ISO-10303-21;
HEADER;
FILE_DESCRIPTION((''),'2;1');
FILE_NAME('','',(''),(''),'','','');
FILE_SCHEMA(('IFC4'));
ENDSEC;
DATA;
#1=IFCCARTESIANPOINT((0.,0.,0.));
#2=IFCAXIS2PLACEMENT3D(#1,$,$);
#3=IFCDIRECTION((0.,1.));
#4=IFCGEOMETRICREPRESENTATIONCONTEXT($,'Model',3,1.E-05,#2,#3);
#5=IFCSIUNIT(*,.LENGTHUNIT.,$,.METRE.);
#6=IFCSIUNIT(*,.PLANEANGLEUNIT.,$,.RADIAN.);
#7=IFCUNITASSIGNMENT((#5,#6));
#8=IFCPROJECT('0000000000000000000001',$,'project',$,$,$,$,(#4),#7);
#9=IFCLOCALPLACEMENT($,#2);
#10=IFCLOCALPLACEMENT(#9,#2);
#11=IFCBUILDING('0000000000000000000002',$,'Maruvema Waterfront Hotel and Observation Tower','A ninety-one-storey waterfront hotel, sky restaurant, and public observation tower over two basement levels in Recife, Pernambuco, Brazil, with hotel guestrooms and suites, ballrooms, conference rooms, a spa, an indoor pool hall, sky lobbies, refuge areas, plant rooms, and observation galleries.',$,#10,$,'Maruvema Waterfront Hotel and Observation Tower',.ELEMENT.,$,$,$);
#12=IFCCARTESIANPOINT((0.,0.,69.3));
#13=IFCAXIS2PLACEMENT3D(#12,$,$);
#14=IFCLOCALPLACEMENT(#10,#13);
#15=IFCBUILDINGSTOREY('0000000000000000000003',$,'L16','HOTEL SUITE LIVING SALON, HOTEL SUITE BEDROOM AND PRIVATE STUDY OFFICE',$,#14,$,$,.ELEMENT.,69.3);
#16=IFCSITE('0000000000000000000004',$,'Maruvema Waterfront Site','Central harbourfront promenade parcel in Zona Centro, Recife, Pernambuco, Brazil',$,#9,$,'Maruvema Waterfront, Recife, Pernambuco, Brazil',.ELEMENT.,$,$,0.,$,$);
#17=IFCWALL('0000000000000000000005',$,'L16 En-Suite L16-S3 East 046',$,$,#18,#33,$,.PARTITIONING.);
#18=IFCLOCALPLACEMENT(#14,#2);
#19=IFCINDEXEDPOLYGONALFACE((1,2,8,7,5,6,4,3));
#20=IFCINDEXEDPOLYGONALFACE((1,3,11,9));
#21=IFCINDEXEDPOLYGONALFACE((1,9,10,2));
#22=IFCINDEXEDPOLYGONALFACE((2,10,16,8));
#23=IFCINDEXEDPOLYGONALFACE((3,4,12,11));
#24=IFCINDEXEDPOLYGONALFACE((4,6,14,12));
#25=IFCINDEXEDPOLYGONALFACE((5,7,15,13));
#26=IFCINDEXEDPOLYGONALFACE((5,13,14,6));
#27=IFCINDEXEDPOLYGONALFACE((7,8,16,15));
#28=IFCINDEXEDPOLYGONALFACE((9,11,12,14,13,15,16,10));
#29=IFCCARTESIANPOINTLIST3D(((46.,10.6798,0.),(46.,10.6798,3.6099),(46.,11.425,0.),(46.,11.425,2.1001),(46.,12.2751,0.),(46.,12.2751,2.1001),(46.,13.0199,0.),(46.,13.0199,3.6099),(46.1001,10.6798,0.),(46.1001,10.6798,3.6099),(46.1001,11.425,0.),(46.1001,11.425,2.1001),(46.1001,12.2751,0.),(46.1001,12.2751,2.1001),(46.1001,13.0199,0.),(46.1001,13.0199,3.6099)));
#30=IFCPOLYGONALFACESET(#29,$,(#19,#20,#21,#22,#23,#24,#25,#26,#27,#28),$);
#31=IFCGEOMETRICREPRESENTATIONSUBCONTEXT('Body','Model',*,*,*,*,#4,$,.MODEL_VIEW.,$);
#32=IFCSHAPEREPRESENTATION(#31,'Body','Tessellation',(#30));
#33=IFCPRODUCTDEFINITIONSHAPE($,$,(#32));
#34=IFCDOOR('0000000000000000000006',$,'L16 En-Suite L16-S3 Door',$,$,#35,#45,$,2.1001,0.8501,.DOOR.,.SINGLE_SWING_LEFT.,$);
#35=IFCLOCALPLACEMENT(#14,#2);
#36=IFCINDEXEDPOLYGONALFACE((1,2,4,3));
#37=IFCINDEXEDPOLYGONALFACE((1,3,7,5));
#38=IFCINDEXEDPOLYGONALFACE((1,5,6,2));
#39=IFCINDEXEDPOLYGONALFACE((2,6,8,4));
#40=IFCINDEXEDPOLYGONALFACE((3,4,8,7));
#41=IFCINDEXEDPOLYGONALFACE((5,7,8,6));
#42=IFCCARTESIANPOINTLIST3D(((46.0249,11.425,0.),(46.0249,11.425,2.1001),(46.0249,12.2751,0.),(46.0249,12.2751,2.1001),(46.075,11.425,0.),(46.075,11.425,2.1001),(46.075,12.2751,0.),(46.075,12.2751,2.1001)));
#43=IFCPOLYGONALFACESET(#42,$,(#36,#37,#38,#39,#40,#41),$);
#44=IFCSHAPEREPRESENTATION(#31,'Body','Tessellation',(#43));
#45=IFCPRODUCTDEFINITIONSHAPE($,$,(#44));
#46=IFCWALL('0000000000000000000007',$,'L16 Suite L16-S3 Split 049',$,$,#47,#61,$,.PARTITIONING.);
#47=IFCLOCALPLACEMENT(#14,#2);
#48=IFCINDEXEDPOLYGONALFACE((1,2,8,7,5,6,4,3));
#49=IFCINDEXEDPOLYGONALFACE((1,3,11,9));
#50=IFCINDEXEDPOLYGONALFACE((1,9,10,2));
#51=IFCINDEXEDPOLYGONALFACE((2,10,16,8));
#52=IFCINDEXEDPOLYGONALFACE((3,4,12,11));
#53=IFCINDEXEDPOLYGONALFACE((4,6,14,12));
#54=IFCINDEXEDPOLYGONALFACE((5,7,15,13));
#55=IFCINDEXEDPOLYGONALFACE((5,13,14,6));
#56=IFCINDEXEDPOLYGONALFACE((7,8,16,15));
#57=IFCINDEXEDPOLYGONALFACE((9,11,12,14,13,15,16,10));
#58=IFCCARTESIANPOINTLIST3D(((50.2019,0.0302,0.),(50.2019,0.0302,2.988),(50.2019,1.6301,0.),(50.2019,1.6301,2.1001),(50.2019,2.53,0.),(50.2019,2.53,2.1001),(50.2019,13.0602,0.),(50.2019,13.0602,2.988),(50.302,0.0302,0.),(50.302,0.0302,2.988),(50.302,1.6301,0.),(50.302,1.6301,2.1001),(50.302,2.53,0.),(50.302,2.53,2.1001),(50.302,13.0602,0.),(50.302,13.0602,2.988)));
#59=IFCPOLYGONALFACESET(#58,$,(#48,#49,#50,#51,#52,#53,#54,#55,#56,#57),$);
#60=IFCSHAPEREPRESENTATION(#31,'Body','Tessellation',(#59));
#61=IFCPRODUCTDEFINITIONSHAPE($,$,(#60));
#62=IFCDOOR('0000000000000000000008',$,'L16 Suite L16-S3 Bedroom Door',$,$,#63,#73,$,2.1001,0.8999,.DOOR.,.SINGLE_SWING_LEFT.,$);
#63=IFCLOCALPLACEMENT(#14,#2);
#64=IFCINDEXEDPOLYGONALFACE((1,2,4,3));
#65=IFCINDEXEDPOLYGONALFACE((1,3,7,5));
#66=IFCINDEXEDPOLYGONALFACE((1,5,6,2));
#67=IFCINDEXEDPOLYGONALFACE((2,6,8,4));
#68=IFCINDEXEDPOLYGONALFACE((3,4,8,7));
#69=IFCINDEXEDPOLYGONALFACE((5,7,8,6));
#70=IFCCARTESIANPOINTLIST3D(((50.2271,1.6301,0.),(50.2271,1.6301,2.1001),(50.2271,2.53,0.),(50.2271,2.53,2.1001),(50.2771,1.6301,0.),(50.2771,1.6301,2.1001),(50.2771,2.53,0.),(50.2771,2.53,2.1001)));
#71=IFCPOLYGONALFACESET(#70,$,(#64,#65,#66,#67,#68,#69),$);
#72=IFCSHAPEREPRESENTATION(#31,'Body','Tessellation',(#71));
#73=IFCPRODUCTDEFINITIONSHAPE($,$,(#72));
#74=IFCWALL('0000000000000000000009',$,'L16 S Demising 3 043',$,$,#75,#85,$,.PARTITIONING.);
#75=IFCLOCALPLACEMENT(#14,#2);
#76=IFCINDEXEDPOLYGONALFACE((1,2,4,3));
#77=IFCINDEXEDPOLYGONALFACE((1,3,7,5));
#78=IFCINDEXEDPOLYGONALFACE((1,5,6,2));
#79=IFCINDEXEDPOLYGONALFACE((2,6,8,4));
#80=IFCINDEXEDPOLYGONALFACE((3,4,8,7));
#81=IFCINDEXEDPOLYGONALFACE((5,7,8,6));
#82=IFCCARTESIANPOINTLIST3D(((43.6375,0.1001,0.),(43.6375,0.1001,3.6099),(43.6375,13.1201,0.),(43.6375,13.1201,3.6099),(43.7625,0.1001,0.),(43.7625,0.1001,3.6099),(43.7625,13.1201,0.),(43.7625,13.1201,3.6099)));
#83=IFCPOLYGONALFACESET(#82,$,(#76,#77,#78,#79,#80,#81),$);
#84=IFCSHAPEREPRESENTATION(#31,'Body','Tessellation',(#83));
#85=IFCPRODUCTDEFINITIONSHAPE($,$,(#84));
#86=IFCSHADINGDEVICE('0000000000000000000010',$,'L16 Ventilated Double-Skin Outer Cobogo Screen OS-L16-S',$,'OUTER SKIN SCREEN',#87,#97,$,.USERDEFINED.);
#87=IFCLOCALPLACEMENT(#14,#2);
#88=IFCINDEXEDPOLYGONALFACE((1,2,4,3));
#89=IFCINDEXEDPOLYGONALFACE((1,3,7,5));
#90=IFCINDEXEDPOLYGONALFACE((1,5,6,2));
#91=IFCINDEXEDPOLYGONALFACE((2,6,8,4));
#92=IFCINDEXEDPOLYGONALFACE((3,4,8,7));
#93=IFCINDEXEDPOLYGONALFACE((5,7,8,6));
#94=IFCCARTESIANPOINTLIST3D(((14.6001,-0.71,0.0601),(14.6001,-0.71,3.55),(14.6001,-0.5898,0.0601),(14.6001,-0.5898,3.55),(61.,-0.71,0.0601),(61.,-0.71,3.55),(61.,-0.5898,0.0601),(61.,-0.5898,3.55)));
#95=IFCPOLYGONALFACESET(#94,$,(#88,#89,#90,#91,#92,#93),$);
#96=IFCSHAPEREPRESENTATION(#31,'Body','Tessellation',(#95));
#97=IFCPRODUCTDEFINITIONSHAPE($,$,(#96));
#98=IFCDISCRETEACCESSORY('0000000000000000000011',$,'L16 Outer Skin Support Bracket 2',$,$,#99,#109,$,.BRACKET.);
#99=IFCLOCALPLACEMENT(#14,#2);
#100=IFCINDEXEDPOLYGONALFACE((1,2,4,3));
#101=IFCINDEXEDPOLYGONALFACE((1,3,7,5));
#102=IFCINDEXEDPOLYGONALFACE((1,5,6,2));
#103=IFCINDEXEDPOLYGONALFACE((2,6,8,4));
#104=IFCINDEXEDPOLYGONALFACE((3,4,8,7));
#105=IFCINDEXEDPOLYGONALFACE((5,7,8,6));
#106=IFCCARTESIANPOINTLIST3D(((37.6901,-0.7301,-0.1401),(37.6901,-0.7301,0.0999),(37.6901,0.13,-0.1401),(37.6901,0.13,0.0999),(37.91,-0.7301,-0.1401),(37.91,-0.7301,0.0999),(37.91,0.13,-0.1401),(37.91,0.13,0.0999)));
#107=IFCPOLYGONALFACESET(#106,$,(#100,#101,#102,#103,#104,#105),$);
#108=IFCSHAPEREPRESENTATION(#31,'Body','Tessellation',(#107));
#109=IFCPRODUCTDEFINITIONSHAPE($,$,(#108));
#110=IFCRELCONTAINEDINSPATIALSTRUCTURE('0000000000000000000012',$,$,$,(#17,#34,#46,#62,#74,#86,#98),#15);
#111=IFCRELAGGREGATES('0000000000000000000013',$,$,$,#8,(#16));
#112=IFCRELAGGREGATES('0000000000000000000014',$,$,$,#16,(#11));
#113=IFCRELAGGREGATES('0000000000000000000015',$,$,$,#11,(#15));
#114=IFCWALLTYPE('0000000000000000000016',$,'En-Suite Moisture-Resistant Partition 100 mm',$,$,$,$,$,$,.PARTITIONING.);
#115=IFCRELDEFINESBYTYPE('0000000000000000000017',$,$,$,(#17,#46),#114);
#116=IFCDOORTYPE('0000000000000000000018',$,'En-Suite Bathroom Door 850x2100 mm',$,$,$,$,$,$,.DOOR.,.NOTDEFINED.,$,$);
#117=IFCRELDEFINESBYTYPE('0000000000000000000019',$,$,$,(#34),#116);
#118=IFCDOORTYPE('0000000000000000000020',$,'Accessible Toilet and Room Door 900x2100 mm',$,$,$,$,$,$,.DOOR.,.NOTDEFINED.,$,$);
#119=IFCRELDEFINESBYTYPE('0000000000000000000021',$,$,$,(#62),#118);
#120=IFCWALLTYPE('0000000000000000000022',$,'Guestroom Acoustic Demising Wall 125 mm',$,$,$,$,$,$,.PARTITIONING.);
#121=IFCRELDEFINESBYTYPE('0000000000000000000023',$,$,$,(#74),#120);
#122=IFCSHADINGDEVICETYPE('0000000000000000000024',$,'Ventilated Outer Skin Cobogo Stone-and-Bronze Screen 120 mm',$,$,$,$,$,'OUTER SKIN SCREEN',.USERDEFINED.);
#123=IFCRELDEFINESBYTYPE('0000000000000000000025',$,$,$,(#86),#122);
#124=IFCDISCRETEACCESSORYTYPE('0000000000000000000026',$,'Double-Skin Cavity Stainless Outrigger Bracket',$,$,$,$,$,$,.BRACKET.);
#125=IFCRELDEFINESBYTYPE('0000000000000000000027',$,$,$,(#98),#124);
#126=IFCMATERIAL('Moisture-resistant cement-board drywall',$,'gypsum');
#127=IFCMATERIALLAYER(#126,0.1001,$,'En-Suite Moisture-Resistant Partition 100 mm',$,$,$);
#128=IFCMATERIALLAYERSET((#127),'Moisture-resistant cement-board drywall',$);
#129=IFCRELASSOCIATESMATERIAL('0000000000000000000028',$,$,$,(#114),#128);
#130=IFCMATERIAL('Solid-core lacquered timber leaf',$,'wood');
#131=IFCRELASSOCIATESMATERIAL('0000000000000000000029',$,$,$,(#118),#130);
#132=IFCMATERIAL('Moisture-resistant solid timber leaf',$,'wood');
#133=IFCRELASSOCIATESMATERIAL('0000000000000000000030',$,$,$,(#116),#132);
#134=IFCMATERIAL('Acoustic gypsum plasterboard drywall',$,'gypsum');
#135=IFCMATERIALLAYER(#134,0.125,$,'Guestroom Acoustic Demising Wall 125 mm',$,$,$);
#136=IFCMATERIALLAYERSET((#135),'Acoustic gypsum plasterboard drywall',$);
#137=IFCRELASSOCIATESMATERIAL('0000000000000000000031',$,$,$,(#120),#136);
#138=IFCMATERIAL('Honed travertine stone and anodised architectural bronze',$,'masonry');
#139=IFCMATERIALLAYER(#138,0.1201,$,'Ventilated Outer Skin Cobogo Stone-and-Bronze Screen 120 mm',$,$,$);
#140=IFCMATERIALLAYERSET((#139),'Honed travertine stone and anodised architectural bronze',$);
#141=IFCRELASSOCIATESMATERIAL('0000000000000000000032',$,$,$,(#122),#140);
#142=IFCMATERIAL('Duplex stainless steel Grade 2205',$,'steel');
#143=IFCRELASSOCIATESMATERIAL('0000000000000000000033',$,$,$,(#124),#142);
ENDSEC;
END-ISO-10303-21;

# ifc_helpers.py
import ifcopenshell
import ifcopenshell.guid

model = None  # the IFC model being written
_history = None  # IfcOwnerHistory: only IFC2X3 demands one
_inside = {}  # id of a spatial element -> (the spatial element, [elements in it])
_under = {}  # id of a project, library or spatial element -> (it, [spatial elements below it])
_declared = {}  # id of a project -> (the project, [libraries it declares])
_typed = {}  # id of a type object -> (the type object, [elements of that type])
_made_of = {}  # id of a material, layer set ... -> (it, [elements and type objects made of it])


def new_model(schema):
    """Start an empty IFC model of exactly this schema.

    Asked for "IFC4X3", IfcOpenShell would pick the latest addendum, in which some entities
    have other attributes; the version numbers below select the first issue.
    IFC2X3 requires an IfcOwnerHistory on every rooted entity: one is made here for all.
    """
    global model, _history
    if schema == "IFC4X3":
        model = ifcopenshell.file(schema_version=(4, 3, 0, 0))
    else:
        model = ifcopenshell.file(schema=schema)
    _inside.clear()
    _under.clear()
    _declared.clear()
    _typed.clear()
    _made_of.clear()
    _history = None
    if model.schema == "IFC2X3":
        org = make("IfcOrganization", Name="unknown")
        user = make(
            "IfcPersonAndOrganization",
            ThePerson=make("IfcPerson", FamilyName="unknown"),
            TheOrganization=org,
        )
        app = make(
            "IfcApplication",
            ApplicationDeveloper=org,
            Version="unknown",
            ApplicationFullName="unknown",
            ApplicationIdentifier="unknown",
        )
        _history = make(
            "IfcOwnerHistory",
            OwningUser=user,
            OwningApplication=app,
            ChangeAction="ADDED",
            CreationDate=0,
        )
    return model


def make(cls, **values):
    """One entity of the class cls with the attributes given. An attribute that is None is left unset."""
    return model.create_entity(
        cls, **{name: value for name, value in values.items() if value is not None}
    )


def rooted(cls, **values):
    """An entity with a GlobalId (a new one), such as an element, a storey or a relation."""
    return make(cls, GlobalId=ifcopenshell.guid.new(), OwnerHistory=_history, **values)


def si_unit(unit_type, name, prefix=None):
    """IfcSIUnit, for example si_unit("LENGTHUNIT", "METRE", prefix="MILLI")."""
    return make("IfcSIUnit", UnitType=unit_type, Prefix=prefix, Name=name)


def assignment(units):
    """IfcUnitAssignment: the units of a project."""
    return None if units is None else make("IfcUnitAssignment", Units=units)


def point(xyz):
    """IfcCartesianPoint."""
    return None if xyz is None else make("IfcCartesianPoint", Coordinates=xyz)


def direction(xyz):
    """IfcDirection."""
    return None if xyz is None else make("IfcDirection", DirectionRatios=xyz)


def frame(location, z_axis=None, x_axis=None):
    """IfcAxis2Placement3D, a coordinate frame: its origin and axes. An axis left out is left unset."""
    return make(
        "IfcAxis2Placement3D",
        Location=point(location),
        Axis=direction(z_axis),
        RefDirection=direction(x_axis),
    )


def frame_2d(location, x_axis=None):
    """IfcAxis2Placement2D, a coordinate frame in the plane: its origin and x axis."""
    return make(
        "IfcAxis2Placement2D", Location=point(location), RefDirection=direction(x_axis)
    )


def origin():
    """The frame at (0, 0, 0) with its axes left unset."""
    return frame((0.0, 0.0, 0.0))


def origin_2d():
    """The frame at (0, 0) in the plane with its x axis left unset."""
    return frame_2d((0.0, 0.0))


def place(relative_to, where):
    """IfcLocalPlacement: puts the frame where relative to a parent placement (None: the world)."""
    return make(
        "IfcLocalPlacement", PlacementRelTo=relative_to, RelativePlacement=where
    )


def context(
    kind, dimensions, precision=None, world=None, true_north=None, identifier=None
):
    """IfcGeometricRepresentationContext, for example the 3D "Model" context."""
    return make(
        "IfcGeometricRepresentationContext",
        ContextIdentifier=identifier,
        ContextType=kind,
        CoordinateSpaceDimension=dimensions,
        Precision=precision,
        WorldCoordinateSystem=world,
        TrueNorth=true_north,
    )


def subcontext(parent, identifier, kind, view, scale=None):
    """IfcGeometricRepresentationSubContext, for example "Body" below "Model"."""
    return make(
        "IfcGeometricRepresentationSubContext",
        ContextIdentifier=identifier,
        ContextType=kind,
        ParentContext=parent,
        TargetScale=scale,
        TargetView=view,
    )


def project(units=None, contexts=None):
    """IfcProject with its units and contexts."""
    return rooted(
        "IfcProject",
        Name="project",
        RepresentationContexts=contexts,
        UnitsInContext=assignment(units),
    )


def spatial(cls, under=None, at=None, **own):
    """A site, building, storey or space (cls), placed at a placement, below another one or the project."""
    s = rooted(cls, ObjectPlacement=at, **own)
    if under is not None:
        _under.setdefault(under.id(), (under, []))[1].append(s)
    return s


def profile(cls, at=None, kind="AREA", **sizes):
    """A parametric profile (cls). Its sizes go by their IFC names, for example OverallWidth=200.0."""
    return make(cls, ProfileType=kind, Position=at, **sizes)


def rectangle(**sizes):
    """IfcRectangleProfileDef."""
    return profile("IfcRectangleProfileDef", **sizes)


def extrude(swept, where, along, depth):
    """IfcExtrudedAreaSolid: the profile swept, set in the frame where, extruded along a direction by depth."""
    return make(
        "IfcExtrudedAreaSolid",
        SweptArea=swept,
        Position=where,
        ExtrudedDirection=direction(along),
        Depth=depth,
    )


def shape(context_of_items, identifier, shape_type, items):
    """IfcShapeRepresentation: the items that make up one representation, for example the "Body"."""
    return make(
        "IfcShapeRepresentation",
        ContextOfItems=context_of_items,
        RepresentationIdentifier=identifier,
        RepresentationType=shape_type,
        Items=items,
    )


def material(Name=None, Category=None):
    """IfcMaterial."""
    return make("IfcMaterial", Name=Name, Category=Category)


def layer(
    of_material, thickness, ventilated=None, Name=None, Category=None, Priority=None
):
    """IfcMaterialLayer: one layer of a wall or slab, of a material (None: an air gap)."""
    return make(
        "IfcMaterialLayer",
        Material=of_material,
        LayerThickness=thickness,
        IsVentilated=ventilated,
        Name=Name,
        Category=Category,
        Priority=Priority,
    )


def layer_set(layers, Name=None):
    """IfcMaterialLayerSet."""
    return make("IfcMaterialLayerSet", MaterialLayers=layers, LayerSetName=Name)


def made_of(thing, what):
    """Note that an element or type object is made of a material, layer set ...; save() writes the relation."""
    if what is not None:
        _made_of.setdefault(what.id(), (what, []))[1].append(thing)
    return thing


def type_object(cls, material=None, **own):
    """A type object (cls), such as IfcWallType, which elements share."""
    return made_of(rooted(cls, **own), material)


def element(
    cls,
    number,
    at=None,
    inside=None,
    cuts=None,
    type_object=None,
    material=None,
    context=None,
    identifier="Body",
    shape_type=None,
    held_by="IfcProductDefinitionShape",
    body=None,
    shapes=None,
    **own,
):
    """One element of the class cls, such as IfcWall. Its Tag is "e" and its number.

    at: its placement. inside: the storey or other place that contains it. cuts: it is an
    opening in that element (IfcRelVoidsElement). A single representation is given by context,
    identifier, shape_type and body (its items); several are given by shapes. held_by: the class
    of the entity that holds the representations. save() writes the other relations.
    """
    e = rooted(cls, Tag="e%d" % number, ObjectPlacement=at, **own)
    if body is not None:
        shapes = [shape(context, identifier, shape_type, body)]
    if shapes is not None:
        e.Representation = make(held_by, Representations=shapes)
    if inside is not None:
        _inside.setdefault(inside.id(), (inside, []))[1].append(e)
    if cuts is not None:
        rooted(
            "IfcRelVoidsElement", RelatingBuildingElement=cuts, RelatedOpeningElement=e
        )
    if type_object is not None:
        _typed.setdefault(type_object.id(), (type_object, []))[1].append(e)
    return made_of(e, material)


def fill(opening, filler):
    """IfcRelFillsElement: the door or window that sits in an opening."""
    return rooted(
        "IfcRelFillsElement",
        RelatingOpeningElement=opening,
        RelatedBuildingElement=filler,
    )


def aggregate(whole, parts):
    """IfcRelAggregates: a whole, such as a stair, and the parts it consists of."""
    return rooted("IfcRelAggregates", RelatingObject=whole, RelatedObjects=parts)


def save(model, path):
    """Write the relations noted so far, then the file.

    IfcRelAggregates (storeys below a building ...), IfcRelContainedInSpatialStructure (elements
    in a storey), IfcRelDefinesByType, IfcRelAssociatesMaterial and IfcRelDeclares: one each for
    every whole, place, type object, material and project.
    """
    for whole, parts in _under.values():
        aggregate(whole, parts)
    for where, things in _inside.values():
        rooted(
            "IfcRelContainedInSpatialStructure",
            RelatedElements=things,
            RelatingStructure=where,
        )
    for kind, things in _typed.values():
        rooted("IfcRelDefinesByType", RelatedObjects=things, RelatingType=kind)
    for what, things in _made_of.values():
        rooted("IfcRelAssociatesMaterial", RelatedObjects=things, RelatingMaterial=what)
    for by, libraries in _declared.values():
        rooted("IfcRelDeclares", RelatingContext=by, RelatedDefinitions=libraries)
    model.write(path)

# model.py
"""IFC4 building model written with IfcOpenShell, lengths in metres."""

from ifc_helpers import new_model, si_unit, direction, frame, frame_2d, origin, origin_2d, place, context, subcontext, project, spatial, rectangle, extrude, material, layer, layer_set, type_object, element, fill, save


model = new_model("IFC4")

# Units and contexts
model_context = context("Model", 3, precision=1e-05, world=origin(), true_north=direction((0.0, 1.0)))
body_context = subcontext(model_context, "Body", "Model", "MODEL_VIEW")
ifc_project = project(units=[si_unit("LENGTHUNIT", "METRE"), si_unit("PLANEANGLEUNIT", "RADIAN")], contexts=[model_context])

# Site, building, storey
site_placement = place(None, origin())
site = spatial("IfcSite", under=ifc_project, at=site_placement, Name="Maruvema Waterfront Site", Description="Central harbourfront promenade parcel in Zona Centro, Recife, Pernambuco, Brazil", LongName="Maruvema Waterfront, Recife, Pernambuco, Brazil", CompositionType="ELEMENT", RefElevation=0.0)
building_placement = place(site_placement, origin())
building = spatial("IfcBuilding", under=site, at=building_placement, Name="Maruvema Waterfront Hotel and Observation Tower", Description="A ninety-one-storey waterfront hotel, sky restaurant, and public observation tower over two basement levels in Recife, Pernambuco, Brazil, with hotel guestrooms and suites, ballrooms, conference rooms, a spa, an indoor pool hall, sky lobbies, refuge areas, plant rooms, and observation galleries.", LongName="Maruvema Waterfront Hotel and Observation Tower", CompositionType="ELEMENT")
storey_placement = place(building_placement, frame((0.0, 0.0, 69.3)))
storey = spatial("IfcBuildingStorey", under=building, at=storey_placement, Name="L16", Description="HOTEL SUITE LIVING SALON, HOTEL SUITE BEDROOM AND PRIVATE STUDY OFFICE", CompositionType="ELEMENT", Elevation=69.3)

# Shared definitions
ifc_material_1 = material(Name="Moisture-resistant cement-board drywall", Category="gypsum")
ifc_layer_1 = layer(ifc_material_1, 0.1001, Name="En-Suite Moisture-Resistant Partition 100 mm")
ifc_layer_set_1 = layer_set([ifc_layer_1], Name="Moisture-resistant cement-board drywall")
wall_type_1 = type_object("IfcWallType", Name="En-Suite Moisture-Resistant Partition 100 mm", PredefinedType="PARTITIONING", material=ifc_layer_set_1)
ifc_material_2 = material(Name="Solid-core lacquered timber leaf", Category="wood")
door_type_1 = type_object("IfcDoorType", Name="Accessible Toilet and Room Door 900x2100 mm", OperationType="NOTDEFINED", PredefinedType="DOOR", material=ifc_material_2)

# Walls, openings, doors
wall_1_placement = place(storey_placement, frame((46.05, 10.6799, 0.0), z_axis=(0.0, 0.0, 1.0), x_axis=(0.0, 1.0, 0.0)))
wall_1 = element("IfcWall", 1, at=wall_1_placement, inside=storey, type_object=wall_type_1, Name="L16 En-Suite L16-S3 East 046", PredefinedType="PARTITIONING", context=body_context, shape_type="SweptSolid", body=[
    extrude(rectangle(XDim=2.3401, YDim=0.1001, at=frame_2d((1.1699, 0.0))), origin(), (0.0, 0.0, 1.0), 3.6099),
])
opening_1_placement = place(wall_1_placement, frame((0.7451, 0.0, 0.0)))
opening_1 = element("IfcOpeningElement", 2, at=opening_1_placement, cuts=wall_1, PredefinedType="OPENING", context=body_context, shape_type="SweptSolid", body=[
    extrude(rectangle(XDim=0.8501, YDim=2.1001, at=frame_2d((0.425, 1.05))), frame((0.0, 0.0601, 0.0), z_axis=(0.0, -1.0, 0.0), x_axis=(1.0, 0.0, 0.0)), (0.0, 0.0, 1.0), 0.1201),
])
ifc_material_3 = material(Name="Moisture-resistant solid timber leaf", Category="wood")
door_type_2 = type_object("IfcDoorType", Name="En-Suite Bathroom Door 850x2100 mm", OperationType="NOTDEFINED", PredefinedType="DOOR", material=ifc_material_3)
door_1_placement = place(opening_1_placement, frame((0.8501, 0.0, 0.0), z_axis=(0.0, 0.0, 1.0), x_axis=(-1.0, 0.0, 0.0)))
door_1 = element("IfcDoor", 3, at=door_1_placement, inside=storey, type_object=door_type_2, Name="L16 En-Suite L16-S3 Door", OperationType="SINGLE_SWING_LEFT", OverallHeight=2.1001, OverallWidth=0.8501, PredefinedType="DOOR", context=body_context, shape_type="SweptSolid", body=[
    extrude(rectangle(XDim=0.8501, YDim=2.1001, at=frame_2d((0.425, 1.05))), frame((0.0, 0.0249, 0.0), z_axis=(0.0, -1.0, 0.0), x_axis=(1.0, 0.0, 0.0)), (0.0, 0.0, 1.0), 0.05),
])
fill(opening_1, door_1)
wall_2_placement = place(storey_placement, frame((50.252, 0.03, 0.0), z_axis=(0.0, 0.0, 1.0), x_axis=(0.0, 1.0, 0.0)))
wall_2 = element("IfcWall", 4, at=wall_2_placement, inside=storey, type_object=wall_type_1, Name="L16 Suite L16-S3 Split 049", PredefinedType="PARTITIONING", context=body_context, shape_type="SweptSolid", body=[
    extrude(rectangle(XDim=13.03, YDim=0.1001, at=frame_2d((6.5151, 0.0))), origin(), (0.0, 0.0, 1.0), 2.988),
])
opening_2_placement = place(wall_2_placement, frame((1.6001, 0.0, 0.0)))
opening_2 = element("IfcOpeningElement", 5, at=opening_2_placement, cuts=wall_2, PredefinedType="OPENING", context=body_context, shape_type="SweptSolid", body=[
    extrude(rectangle(XDim=0.8999, YDim=2.1001, at=frame_2d((0.45, 1.05))), frame((0.0, 0.0601, 0.0), z_axis=(0.0, -1.0, 0.0), x_axis=(1.0, 0.0, 0.0)), (0.0, 0.0, 1.0), 0.1201),
])
door_2_placement = place(opening_2_placement, origin())
door_2 = element("IfcDoor", 6, at=door_2_placement, inside=storey, type_object=door_type_1, Name="L16 Suite L16-S3 Bedroom Door", OperationType="SINGLE_SWING_LEFT", OverallHeight=2.1001, OverallWidth=0.8999, PredefinedType="DOOR", context=body_context, shape_type="SweptSolid", body=[
    extrude(rectangle(XDim=0.8999, YDim=2.1001, at=frame_2d((0.45, 1.05))), frame((0.0, 0.0249, 0.0), z_axis=(0.0, -1.0, 0.0), x_axis=(1.0, 0.0, 0.0)), (0.0, 0.0, 1.0), 0.05),
])
fill(opening_2, door_2)

# Wall
ifc_material_4 = material(Name="Acoustic gypsum plasterboard drywall", Category="gypsum")
ifc_layer_2 = layer(ifc_material_4, 0.125, Name="Guestroom Acoustic Demising Wall 125 mm")
ifc_layer_set_2 = layer_set([ifc_layer_2], Name="Acoustic gypsum plasterboard drywall")
wall_type_2 = type_object("IfcWallType", Name="Guestroom Acoustic Demising Wall 125 mm", PredefinedType="PARTITIONING", material=ifc_layer_set_2)
wall_3_placement = place(storey_placement, frame((43.7, 0.1001, 0.0), z_axis=(0.0, 0.0, 1.0), x_axis=(0.0, 1.0, 0.0)))
element("IfcWall", 7, at=wall_3_placement, inside=storey, type_object=wall_type_2, Name="L16 S Demising 3 043", PredefinedType="PARTITIONING", context=body_context, shape_type="SweptSolid", body=[
    extrude(rectangle(XDim=13.02, YDim=0.125, at=frame_2d((6.51, 0.0))), origin(), (0.0, 0.0, 1.0), 3.6099),
])

# Shading device
ifc_material_5 = material(Name="Honed travertine stone and anodised architectural bronze", Category="masonry")
ifc_layer_3 = layer(ifc_material_5, 0.1201, Name="Ventilated Outer Skin Cobogo Stone-and-Bronze Screen 120 mm")
ifc_layer_set_3 = layer_set([ifc_layer_3], Name="Honed travertine stone and anodised architectural bronze")
shading_device_type = type_object("IfcShadingDeviceType", Name="Ventilated Outer Skin Cobogo Stone-and-Bronze Screen 120 mm", ElementType="OUTER SKIN SCREEN", PredefinedType="USERDEFINED", material=ifc_layer_set_3)
shading_device_placement = place(storey_placement, frame((37.8, -0.6499, 0.0601), z_axis=(0.0, 0.0, 1.0), x_axis=(1.0, 0.0, 0.0)))
element("IfcShadingDevice", 8, at=shading_device_placement, inside=storey, type_object=shading_device_type, Name="L16 Ventilated Double-Skin Outer Cobogo Screen OS-L16-S", ObjectType="OUTER SKIN SCREEN", PredefinedType="USERDEFINED", context=body_context, shape_type="SweptSolid", body=[
    extrude(rectangle(XDim=46.3999, YDim=0.1201, at=origin_2d()), origin(), (0.0, 0.0, 1.0), 3.49),
])

# Discrete accessory
ifc_material_6 = material(Name="Duplex stainless steel Grade 2205", Category="steel")
discrete_accessory_type = type_object("IfcDiscreteAccessoryType", Name="Double-Skin Cavity Stainless Outrigger Bracket", PredefinedType="BRACKET", material=ifc_material_6)
discrete_accessory_placement = place(storey_placement, frame((37.8, -0.3, -0.1401), z_axis=(0.0, 0.0, 1.0), x_axis=(1.0, 0.0, 0.0)))
element("IfcDiscreteAccessory", 9, at=discrete_accessory_placement, inside=storey, type_object=discrete_accessory_type, Name="L16 Outer Skin Support Bracket 2", PredefinedType="BRACKET", context=body_context, shape_type="SweptSolid", body=[
    extrude(rectangle(XDim=0.22, YDim=0.8601, at=origin_2d()), origin(), (0.0, 0.0, 1.0), 0.24),
])

save(model, "model.ifc")
